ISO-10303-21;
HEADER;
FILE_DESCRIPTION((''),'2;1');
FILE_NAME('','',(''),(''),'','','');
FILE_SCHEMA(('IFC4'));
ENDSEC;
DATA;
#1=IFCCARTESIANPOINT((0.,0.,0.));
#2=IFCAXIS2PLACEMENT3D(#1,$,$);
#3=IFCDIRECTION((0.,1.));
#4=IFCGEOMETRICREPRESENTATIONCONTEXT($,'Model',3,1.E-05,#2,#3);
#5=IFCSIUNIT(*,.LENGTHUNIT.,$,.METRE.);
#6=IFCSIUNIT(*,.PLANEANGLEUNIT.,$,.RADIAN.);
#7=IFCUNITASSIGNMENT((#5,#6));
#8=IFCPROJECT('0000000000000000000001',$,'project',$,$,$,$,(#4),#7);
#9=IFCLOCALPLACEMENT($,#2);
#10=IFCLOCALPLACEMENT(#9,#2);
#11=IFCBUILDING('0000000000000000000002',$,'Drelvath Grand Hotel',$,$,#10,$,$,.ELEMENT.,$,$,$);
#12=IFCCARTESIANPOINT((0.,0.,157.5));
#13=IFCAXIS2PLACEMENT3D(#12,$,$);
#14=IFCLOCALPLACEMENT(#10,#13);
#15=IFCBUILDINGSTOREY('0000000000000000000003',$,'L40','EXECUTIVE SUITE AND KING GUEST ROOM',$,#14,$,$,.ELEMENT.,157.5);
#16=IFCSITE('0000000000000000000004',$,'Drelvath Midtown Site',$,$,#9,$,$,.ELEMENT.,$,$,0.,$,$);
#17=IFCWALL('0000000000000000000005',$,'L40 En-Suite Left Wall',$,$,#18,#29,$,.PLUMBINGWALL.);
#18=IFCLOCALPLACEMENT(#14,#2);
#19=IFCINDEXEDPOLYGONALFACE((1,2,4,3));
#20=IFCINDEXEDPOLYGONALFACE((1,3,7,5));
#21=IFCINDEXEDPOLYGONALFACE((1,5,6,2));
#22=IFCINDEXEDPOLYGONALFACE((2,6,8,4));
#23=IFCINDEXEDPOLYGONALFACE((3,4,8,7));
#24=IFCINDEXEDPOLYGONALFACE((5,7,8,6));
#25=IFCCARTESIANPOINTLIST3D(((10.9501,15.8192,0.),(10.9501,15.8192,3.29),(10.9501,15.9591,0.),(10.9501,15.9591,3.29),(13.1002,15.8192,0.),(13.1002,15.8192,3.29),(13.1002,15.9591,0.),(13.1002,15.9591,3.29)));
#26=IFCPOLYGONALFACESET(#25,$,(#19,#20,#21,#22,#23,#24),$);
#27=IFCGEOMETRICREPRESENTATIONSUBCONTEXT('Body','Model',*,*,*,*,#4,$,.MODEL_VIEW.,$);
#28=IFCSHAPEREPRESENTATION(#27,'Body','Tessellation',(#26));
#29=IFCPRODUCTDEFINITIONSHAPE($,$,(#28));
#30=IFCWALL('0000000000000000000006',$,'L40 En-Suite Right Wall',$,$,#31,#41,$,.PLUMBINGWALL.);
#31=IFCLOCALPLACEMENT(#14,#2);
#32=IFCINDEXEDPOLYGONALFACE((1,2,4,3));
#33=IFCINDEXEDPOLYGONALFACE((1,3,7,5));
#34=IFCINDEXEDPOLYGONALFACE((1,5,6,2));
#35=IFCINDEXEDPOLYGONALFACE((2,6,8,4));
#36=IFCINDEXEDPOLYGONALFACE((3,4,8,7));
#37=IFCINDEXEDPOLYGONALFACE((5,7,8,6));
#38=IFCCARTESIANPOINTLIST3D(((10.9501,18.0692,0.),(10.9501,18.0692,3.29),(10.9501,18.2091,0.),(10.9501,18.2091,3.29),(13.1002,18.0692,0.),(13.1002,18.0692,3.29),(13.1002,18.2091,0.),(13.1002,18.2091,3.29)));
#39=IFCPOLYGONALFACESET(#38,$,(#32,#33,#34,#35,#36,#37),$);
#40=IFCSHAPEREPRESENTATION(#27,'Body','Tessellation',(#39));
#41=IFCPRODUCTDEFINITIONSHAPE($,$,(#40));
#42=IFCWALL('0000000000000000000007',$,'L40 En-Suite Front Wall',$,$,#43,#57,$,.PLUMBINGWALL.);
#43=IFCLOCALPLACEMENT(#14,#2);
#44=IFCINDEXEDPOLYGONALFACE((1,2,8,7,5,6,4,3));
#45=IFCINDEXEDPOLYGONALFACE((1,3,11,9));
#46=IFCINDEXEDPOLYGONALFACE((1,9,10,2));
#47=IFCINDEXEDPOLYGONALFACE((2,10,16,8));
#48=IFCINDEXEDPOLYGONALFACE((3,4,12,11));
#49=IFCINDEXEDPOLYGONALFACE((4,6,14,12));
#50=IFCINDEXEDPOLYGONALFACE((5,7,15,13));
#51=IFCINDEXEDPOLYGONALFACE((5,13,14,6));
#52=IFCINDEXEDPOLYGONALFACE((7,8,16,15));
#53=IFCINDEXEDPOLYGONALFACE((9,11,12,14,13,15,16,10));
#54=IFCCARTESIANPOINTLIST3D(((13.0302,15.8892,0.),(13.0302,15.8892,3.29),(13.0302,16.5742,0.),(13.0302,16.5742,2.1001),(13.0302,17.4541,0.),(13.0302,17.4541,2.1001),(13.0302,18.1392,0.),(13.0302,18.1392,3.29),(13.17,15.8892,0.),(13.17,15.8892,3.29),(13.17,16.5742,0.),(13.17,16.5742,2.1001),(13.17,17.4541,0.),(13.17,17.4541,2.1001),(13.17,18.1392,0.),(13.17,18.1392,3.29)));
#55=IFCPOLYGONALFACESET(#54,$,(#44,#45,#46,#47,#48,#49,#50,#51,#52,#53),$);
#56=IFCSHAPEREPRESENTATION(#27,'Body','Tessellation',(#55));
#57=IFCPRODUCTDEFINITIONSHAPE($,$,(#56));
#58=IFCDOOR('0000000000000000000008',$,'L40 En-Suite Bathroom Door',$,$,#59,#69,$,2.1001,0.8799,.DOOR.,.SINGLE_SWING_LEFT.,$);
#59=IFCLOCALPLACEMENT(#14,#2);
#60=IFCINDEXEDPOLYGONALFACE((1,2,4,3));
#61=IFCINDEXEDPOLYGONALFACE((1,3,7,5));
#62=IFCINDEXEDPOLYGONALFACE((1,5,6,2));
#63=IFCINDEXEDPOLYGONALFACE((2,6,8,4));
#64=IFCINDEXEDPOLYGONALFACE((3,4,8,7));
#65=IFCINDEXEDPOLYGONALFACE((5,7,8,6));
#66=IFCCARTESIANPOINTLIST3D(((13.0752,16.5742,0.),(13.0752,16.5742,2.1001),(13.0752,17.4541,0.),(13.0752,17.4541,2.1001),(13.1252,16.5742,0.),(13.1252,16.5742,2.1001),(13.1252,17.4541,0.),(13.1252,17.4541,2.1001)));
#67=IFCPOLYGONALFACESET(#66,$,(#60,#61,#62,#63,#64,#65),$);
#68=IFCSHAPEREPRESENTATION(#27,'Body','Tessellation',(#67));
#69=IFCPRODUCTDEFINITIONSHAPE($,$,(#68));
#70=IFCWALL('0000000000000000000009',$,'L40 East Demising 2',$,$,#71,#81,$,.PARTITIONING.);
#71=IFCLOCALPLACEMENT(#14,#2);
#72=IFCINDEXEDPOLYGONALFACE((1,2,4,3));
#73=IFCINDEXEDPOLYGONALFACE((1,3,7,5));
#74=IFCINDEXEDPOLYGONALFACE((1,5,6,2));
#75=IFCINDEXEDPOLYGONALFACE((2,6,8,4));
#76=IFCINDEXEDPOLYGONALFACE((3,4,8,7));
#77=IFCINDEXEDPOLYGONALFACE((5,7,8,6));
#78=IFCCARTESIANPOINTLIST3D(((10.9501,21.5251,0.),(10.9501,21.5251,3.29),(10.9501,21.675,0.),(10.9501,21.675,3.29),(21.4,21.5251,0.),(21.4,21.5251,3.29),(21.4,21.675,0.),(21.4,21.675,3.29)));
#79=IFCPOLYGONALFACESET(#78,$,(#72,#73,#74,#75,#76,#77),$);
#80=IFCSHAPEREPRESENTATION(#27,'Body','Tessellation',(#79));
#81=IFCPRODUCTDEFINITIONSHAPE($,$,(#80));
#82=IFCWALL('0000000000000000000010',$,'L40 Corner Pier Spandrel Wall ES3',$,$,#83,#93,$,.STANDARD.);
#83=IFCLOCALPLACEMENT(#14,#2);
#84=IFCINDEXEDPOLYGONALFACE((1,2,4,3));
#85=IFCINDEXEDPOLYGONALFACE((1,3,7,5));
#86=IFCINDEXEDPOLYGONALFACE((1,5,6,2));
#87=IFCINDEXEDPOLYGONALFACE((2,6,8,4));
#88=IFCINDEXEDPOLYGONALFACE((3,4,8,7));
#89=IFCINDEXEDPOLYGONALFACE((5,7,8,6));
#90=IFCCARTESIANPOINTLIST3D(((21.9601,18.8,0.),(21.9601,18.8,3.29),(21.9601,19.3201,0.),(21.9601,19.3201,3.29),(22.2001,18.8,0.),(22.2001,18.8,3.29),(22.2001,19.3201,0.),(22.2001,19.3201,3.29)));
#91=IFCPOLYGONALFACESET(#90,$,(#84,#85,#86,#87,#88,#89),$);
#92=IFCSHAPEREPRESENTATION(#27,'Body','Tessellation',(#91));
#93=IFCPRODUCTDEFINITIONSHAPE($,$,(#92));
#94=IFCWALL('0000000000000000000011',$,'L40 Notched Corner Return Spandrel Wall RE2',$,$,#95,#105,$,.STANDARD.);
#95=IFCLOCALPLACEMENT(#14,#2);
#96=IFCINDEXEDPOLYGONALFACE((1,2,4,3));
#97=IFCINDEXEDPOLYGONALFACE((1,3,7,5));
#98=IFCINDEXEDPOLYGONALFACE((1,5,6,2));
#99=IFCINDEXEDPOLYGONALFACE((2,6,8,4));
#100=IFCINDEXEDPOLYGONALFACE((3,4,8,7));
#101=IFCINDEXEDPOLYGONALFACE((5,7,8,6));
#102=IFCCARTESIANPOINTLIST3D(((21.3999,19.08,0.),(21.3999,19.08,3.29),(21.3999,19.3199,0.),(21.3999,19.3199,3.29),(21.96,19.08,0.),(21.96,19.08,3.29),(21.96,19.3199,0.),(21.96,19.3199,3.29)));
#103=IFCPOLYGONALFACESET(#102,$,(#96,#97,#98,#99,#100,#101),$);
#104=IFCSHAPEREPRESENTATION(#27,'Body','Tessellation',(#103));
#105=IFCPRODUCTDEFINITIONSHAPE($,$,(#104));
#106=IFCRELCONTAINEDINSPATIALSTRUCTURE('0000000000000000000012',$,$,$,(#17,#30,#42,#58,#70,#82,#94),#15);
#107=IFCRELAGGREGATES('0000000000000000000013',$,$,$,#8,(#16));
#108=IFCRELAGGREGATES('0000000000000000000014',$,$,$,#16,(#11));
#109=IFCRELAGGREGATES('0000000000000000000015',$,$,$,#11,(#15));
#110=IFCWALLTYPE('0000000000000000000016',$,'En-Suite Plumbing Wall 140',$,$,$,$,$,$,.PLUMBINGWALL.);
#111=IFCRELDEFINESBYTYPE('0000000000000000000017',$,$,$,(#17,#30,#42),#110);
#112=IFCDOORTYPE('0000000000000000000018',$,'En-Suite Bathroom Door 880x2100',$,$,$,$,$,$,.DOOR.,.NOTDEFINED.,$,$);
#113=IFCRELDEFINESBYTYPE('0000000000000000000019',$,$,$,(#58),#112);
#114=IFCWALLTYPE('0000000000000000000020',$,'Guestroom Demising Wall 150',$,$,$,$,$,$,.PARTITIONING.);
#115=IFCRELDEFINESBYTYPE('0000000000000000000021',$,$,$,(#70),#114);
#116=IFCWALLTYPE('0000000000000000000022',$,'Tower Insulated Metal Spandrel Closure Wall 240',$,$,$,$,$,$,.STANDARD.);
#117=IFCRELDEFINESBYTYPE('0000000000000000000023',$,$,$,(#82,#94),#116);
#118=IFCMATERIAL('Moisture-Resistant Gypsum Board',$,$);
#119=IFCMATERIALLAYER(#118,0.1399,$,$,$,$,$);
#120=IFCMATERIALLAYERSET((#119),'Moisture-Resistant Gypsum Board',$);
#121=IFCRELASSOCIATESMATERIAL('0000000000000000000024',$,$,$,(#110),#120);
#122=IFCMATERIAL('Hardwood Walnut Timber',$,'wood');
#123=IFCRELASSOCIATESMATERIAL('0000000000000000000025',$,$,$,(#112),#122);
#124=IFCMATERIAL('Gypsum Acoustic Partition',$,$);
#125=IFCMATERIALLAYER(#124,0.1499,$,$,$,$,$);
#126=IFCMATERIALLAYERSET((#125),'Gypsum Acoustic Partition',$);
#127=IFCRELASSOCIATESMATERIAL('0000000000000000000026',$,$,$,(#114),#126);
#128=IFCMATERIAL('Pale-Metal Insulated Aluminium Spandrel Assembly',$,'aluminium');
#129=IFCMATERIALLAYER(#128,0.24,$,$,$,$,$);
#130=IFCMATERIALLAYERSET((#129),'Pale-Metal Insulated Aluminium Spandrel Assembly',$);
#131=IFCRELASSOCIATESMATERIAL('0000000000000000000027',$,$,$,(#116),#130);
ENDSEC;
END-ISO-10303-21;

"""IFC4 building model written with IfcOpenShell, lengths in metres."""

from ifc_helpers import new_model, si_unit, direction, frame, frame_2d, origin, place, context, subcontext, project, spatial, rectangle, extrude, material, layer, layer_set, type_object, element, fill, save


model = new_model("IFC4")

# Units and contexts
model_context = context("Model", 3, precision=1e-05, world=origin(), true_north=direction((0.0, 1.0)))
body_context = subcontext(model_context, "Body", "Model", "MODEL_VIEW")
ifc_project = project(units=[si_unit("LENGTHUNIT", "METRE"), si_unit("PLANEANGLEUNIT", "RADIAN")], contexts=[model_context])

# Site, building, storey
site_placement = place(None, origin())
site = spatial("IfcSite", under=ifc_project, at=site_placement, Name="Drelvath Midtown Site", CompositionType="ELEMENT", RefElevation=0.0)
building_placement = place(site_placement, origin())
building = spatial("IfcBuilding", under=site, at=building_placement, Name="Drelvath Grand Hotel", CompositionType="ELEMENT")
storey_placement = place(building_placement, frame((0.0, 0.0, 157.5)))
storey = spatial("IfcBuildingStorey", under=building, at=storey_placement, Name="L40", Description="EXECUTIVE SUITE AND KING GUEST ROOM", CompositionType="ELEMENT", Elevation=157.5)

# Shared definitions
ifc_material_1 = material(Name="Moisture-Resistant Gypsum Board")
ifc_layer_1 = layer(ifc_material_1, 0.1399)
ifc_layer_set_1 = layer_set([ifc_layer_1], Name="Moisture-Resistant Gypsum Board")
wall_type_1 = type_object("IfcWallType", Name="En-Suite Plumbing Wall 140", PredefinedType="PLUMBINGWALL", material=ifc_layer_set_1)
ifc_material_2 = material(Name="Hardwood Walnut Timber", Category="wood")
door_type = type_object("IfcDoorType", Name="En-Suite Bathroom Door 880x2100", OperationType="NOTDEFINED", PredefinedType="DOOR", material=ifc_material_2)

# Walls
for number, where, z_axis, x_axis, name in (
    (1, (10.95, 15.8892, 0.0), (0.0, 0.0, 1.0), (1.0, 0.0, 0.0), "L40 En-Suite Left Wall"),
    (2, (10.95, 18.1392, 0.0), (0.0, 0.0, 1.0), (1.0, 0.0, 0.0), "L40 En-Suite Right Wall"),
):
    element("IfcWall", number, at=place(storey_placement, frame(where, z_axis=z_axis, x_axis=x_axis)), inside=storey, type_object=wall_type_1, Name=name, PredefinedType="PLUMBINGWALL", context=body_context, shape_type="SweptSolid", body=[
        extrude(rectangle(XDim=2.1501, YDim=0.1399, at=frame_2d((1.0752, 0.0))), origin(), (0.0, 0.0, 1.0), 3.29),
    ])

# Wall, opening, door
wall_1_placement = place(storey_placement, frame((13.1001, 15.8892, 0.0), z_axis=(0.0, 0.0, 1.0), x_axis=(0.0, 1.0, 0.0)))
wall_1 = element("IfcWall", 3, at=wall_1_placement, inside=storey, type_object=wall_type_1, Name="L40 En-Suite Front Wall", PredefinedType="PLUMBINGWALL", context=body_context, shape_type="SweptSolid", body=[
    extrude(rectangle(XDim=2.25, YDim=0.1399, at=frame_2d((1.125, 0.0))), origin(), (0.0, 0.0, 1.0), 3.29),
])
opening_1_placement = place(wall_1_placement, frame((0.6851, 0.0, 0.0)))
opening_1 = element("IfcOpeningElement", 4, at=opening_1_placement, cuts=wall_1, PredefinedType="OPENING", context=body_context, shape_type="SweptSolid", body=[
    extrude(rectangle(XDim=0.8799, YDim=2.1001, at=frame_2d((0.4399, 1.05))), frame((0.0, 0.0798, 0.0), z_axis=(0.0, -1.0, 0.0), x_axis=(1.0, 0.0, 0.0)), (0.0, 0.0, 1.0), 0.1599),
])
door_1_placement = place(opening_1_placement, origin())
door_1 = element("IfcDoor", 5, at=door_1_placement, inside=storey, type_object=door_type, Name="L40 En-Suite Bathroom Door", OperationType="SINGLE_SWING_LEFT", OverallHeight=2.1001, OverallWidth=0.8799, PredefinedType="DOOR", context=body_context, shape_type="SweptSolid", body=[
    extrude(rectangle(XDim=0.8799, YDim=2.1001, at=frame_2d((0.4399, 1.05))), frame((0.0, 0.0249, 0.0), z_axis=(0.0, -1.0, 0.0), x_axis=(1.0, 0.0, 0.0)), (0.0, 0.0, 1.0), 0.05),
])
fill(opening_1, door_1)

# Walls
ifc_material_3 = material(Name="Gypsum Acoustic Partition")
ifc_layer_2 = layer(ifc_material_3, 0.1499)
ifc_layer_set_2 = layer_set([ifc_layer_2], Name="Gypsum Acoustic Partition")
wall_type_2 = type_object("IfcWallType", Name="Guestroom Demising Wall 150", PredefinedType="PARTITIONING", material=ifc_layer_set_2)
wall_2_placement = place(storey_placement, frame((10.95, 21.6001, 0.0), z_axis=(0.0, 0.0, 1.0), x_axis=(1.0, 0.0, 0.0)))
element("IfcWall", 6, at=wall_2_placement, inside=storey, type_object=wall_type_2, Name="L40 East Demising 2", PredefinedType="PARTITIONING", context=body_context, shape_type="SweptSolid", body=[
    extrude(rectangle(XDim=10.45, YDim=0.1499, at=frame_2d((5.2251, 0.0))), origin(), (0.0, 0.0, 1.0), 3.29),
])
ifc_material_4 = material(Name="Pale-Metal Insulated Aluminium Spandrel Assembly", Category="aluminium")
ifc_layer_3 = layer(ifc_material_4, 0.24)
ifc_layer_set_3 = layer_set([ifc_layer_3], Name="Pale-Metal Insulated Aluminium Spandrel Assembly")
wall_type_3 = type_object("IfcWallType", Name="Tower Insulated Metal Spandrel Closure Wall 240", PredefinedType="STANDARD", material=ifc_layer_set_3)
wall_3_placement = place(storey_placement, frame((22.0801, 19.3201, 0.0), z_axis=(0.0, 0.0, 1.0), x_axis=(0.0, -1.0, 0.0)))
element("IfcWall", 7, at=wall_3_placement, inside=storey, type_object=wall_type_3, Name="L40 Corner Pier Spandrel Wall ES3", PredefinedType="STANDARD", context=body_context, shape_type="SweptSolid", body=[
    extrude(rectangle(XDim=0.52, YDim=0.24, at=frame_2d((0.26, 0.0))), origin(), (0.0, 0.0, 1.0), 3.29),
])
wall_4_placement = place(storey_placement, frame((21.3999, 19.2, 0.0), z_axis=(0.0, 0.0, 1.0), x_axis=(1.0, 0.0, 0.0)))
element("IfcWall", 8, at=wall_4_placement, inside=storey, type_object=wall_type_3, Name="L40 Notched Corner Return Spandrel Wall RE2", PredefinedType="STANDARD", context=body_context, shape_type="SweptSolid", body=[
    extrude(rectangle(XDim=0.5601, YDim=0.24, at=frame_2d((0.28, 0.0))), origin(), (0.0, 0.0, 1.0), 3.29),
])

save(model, "model.ifc")
